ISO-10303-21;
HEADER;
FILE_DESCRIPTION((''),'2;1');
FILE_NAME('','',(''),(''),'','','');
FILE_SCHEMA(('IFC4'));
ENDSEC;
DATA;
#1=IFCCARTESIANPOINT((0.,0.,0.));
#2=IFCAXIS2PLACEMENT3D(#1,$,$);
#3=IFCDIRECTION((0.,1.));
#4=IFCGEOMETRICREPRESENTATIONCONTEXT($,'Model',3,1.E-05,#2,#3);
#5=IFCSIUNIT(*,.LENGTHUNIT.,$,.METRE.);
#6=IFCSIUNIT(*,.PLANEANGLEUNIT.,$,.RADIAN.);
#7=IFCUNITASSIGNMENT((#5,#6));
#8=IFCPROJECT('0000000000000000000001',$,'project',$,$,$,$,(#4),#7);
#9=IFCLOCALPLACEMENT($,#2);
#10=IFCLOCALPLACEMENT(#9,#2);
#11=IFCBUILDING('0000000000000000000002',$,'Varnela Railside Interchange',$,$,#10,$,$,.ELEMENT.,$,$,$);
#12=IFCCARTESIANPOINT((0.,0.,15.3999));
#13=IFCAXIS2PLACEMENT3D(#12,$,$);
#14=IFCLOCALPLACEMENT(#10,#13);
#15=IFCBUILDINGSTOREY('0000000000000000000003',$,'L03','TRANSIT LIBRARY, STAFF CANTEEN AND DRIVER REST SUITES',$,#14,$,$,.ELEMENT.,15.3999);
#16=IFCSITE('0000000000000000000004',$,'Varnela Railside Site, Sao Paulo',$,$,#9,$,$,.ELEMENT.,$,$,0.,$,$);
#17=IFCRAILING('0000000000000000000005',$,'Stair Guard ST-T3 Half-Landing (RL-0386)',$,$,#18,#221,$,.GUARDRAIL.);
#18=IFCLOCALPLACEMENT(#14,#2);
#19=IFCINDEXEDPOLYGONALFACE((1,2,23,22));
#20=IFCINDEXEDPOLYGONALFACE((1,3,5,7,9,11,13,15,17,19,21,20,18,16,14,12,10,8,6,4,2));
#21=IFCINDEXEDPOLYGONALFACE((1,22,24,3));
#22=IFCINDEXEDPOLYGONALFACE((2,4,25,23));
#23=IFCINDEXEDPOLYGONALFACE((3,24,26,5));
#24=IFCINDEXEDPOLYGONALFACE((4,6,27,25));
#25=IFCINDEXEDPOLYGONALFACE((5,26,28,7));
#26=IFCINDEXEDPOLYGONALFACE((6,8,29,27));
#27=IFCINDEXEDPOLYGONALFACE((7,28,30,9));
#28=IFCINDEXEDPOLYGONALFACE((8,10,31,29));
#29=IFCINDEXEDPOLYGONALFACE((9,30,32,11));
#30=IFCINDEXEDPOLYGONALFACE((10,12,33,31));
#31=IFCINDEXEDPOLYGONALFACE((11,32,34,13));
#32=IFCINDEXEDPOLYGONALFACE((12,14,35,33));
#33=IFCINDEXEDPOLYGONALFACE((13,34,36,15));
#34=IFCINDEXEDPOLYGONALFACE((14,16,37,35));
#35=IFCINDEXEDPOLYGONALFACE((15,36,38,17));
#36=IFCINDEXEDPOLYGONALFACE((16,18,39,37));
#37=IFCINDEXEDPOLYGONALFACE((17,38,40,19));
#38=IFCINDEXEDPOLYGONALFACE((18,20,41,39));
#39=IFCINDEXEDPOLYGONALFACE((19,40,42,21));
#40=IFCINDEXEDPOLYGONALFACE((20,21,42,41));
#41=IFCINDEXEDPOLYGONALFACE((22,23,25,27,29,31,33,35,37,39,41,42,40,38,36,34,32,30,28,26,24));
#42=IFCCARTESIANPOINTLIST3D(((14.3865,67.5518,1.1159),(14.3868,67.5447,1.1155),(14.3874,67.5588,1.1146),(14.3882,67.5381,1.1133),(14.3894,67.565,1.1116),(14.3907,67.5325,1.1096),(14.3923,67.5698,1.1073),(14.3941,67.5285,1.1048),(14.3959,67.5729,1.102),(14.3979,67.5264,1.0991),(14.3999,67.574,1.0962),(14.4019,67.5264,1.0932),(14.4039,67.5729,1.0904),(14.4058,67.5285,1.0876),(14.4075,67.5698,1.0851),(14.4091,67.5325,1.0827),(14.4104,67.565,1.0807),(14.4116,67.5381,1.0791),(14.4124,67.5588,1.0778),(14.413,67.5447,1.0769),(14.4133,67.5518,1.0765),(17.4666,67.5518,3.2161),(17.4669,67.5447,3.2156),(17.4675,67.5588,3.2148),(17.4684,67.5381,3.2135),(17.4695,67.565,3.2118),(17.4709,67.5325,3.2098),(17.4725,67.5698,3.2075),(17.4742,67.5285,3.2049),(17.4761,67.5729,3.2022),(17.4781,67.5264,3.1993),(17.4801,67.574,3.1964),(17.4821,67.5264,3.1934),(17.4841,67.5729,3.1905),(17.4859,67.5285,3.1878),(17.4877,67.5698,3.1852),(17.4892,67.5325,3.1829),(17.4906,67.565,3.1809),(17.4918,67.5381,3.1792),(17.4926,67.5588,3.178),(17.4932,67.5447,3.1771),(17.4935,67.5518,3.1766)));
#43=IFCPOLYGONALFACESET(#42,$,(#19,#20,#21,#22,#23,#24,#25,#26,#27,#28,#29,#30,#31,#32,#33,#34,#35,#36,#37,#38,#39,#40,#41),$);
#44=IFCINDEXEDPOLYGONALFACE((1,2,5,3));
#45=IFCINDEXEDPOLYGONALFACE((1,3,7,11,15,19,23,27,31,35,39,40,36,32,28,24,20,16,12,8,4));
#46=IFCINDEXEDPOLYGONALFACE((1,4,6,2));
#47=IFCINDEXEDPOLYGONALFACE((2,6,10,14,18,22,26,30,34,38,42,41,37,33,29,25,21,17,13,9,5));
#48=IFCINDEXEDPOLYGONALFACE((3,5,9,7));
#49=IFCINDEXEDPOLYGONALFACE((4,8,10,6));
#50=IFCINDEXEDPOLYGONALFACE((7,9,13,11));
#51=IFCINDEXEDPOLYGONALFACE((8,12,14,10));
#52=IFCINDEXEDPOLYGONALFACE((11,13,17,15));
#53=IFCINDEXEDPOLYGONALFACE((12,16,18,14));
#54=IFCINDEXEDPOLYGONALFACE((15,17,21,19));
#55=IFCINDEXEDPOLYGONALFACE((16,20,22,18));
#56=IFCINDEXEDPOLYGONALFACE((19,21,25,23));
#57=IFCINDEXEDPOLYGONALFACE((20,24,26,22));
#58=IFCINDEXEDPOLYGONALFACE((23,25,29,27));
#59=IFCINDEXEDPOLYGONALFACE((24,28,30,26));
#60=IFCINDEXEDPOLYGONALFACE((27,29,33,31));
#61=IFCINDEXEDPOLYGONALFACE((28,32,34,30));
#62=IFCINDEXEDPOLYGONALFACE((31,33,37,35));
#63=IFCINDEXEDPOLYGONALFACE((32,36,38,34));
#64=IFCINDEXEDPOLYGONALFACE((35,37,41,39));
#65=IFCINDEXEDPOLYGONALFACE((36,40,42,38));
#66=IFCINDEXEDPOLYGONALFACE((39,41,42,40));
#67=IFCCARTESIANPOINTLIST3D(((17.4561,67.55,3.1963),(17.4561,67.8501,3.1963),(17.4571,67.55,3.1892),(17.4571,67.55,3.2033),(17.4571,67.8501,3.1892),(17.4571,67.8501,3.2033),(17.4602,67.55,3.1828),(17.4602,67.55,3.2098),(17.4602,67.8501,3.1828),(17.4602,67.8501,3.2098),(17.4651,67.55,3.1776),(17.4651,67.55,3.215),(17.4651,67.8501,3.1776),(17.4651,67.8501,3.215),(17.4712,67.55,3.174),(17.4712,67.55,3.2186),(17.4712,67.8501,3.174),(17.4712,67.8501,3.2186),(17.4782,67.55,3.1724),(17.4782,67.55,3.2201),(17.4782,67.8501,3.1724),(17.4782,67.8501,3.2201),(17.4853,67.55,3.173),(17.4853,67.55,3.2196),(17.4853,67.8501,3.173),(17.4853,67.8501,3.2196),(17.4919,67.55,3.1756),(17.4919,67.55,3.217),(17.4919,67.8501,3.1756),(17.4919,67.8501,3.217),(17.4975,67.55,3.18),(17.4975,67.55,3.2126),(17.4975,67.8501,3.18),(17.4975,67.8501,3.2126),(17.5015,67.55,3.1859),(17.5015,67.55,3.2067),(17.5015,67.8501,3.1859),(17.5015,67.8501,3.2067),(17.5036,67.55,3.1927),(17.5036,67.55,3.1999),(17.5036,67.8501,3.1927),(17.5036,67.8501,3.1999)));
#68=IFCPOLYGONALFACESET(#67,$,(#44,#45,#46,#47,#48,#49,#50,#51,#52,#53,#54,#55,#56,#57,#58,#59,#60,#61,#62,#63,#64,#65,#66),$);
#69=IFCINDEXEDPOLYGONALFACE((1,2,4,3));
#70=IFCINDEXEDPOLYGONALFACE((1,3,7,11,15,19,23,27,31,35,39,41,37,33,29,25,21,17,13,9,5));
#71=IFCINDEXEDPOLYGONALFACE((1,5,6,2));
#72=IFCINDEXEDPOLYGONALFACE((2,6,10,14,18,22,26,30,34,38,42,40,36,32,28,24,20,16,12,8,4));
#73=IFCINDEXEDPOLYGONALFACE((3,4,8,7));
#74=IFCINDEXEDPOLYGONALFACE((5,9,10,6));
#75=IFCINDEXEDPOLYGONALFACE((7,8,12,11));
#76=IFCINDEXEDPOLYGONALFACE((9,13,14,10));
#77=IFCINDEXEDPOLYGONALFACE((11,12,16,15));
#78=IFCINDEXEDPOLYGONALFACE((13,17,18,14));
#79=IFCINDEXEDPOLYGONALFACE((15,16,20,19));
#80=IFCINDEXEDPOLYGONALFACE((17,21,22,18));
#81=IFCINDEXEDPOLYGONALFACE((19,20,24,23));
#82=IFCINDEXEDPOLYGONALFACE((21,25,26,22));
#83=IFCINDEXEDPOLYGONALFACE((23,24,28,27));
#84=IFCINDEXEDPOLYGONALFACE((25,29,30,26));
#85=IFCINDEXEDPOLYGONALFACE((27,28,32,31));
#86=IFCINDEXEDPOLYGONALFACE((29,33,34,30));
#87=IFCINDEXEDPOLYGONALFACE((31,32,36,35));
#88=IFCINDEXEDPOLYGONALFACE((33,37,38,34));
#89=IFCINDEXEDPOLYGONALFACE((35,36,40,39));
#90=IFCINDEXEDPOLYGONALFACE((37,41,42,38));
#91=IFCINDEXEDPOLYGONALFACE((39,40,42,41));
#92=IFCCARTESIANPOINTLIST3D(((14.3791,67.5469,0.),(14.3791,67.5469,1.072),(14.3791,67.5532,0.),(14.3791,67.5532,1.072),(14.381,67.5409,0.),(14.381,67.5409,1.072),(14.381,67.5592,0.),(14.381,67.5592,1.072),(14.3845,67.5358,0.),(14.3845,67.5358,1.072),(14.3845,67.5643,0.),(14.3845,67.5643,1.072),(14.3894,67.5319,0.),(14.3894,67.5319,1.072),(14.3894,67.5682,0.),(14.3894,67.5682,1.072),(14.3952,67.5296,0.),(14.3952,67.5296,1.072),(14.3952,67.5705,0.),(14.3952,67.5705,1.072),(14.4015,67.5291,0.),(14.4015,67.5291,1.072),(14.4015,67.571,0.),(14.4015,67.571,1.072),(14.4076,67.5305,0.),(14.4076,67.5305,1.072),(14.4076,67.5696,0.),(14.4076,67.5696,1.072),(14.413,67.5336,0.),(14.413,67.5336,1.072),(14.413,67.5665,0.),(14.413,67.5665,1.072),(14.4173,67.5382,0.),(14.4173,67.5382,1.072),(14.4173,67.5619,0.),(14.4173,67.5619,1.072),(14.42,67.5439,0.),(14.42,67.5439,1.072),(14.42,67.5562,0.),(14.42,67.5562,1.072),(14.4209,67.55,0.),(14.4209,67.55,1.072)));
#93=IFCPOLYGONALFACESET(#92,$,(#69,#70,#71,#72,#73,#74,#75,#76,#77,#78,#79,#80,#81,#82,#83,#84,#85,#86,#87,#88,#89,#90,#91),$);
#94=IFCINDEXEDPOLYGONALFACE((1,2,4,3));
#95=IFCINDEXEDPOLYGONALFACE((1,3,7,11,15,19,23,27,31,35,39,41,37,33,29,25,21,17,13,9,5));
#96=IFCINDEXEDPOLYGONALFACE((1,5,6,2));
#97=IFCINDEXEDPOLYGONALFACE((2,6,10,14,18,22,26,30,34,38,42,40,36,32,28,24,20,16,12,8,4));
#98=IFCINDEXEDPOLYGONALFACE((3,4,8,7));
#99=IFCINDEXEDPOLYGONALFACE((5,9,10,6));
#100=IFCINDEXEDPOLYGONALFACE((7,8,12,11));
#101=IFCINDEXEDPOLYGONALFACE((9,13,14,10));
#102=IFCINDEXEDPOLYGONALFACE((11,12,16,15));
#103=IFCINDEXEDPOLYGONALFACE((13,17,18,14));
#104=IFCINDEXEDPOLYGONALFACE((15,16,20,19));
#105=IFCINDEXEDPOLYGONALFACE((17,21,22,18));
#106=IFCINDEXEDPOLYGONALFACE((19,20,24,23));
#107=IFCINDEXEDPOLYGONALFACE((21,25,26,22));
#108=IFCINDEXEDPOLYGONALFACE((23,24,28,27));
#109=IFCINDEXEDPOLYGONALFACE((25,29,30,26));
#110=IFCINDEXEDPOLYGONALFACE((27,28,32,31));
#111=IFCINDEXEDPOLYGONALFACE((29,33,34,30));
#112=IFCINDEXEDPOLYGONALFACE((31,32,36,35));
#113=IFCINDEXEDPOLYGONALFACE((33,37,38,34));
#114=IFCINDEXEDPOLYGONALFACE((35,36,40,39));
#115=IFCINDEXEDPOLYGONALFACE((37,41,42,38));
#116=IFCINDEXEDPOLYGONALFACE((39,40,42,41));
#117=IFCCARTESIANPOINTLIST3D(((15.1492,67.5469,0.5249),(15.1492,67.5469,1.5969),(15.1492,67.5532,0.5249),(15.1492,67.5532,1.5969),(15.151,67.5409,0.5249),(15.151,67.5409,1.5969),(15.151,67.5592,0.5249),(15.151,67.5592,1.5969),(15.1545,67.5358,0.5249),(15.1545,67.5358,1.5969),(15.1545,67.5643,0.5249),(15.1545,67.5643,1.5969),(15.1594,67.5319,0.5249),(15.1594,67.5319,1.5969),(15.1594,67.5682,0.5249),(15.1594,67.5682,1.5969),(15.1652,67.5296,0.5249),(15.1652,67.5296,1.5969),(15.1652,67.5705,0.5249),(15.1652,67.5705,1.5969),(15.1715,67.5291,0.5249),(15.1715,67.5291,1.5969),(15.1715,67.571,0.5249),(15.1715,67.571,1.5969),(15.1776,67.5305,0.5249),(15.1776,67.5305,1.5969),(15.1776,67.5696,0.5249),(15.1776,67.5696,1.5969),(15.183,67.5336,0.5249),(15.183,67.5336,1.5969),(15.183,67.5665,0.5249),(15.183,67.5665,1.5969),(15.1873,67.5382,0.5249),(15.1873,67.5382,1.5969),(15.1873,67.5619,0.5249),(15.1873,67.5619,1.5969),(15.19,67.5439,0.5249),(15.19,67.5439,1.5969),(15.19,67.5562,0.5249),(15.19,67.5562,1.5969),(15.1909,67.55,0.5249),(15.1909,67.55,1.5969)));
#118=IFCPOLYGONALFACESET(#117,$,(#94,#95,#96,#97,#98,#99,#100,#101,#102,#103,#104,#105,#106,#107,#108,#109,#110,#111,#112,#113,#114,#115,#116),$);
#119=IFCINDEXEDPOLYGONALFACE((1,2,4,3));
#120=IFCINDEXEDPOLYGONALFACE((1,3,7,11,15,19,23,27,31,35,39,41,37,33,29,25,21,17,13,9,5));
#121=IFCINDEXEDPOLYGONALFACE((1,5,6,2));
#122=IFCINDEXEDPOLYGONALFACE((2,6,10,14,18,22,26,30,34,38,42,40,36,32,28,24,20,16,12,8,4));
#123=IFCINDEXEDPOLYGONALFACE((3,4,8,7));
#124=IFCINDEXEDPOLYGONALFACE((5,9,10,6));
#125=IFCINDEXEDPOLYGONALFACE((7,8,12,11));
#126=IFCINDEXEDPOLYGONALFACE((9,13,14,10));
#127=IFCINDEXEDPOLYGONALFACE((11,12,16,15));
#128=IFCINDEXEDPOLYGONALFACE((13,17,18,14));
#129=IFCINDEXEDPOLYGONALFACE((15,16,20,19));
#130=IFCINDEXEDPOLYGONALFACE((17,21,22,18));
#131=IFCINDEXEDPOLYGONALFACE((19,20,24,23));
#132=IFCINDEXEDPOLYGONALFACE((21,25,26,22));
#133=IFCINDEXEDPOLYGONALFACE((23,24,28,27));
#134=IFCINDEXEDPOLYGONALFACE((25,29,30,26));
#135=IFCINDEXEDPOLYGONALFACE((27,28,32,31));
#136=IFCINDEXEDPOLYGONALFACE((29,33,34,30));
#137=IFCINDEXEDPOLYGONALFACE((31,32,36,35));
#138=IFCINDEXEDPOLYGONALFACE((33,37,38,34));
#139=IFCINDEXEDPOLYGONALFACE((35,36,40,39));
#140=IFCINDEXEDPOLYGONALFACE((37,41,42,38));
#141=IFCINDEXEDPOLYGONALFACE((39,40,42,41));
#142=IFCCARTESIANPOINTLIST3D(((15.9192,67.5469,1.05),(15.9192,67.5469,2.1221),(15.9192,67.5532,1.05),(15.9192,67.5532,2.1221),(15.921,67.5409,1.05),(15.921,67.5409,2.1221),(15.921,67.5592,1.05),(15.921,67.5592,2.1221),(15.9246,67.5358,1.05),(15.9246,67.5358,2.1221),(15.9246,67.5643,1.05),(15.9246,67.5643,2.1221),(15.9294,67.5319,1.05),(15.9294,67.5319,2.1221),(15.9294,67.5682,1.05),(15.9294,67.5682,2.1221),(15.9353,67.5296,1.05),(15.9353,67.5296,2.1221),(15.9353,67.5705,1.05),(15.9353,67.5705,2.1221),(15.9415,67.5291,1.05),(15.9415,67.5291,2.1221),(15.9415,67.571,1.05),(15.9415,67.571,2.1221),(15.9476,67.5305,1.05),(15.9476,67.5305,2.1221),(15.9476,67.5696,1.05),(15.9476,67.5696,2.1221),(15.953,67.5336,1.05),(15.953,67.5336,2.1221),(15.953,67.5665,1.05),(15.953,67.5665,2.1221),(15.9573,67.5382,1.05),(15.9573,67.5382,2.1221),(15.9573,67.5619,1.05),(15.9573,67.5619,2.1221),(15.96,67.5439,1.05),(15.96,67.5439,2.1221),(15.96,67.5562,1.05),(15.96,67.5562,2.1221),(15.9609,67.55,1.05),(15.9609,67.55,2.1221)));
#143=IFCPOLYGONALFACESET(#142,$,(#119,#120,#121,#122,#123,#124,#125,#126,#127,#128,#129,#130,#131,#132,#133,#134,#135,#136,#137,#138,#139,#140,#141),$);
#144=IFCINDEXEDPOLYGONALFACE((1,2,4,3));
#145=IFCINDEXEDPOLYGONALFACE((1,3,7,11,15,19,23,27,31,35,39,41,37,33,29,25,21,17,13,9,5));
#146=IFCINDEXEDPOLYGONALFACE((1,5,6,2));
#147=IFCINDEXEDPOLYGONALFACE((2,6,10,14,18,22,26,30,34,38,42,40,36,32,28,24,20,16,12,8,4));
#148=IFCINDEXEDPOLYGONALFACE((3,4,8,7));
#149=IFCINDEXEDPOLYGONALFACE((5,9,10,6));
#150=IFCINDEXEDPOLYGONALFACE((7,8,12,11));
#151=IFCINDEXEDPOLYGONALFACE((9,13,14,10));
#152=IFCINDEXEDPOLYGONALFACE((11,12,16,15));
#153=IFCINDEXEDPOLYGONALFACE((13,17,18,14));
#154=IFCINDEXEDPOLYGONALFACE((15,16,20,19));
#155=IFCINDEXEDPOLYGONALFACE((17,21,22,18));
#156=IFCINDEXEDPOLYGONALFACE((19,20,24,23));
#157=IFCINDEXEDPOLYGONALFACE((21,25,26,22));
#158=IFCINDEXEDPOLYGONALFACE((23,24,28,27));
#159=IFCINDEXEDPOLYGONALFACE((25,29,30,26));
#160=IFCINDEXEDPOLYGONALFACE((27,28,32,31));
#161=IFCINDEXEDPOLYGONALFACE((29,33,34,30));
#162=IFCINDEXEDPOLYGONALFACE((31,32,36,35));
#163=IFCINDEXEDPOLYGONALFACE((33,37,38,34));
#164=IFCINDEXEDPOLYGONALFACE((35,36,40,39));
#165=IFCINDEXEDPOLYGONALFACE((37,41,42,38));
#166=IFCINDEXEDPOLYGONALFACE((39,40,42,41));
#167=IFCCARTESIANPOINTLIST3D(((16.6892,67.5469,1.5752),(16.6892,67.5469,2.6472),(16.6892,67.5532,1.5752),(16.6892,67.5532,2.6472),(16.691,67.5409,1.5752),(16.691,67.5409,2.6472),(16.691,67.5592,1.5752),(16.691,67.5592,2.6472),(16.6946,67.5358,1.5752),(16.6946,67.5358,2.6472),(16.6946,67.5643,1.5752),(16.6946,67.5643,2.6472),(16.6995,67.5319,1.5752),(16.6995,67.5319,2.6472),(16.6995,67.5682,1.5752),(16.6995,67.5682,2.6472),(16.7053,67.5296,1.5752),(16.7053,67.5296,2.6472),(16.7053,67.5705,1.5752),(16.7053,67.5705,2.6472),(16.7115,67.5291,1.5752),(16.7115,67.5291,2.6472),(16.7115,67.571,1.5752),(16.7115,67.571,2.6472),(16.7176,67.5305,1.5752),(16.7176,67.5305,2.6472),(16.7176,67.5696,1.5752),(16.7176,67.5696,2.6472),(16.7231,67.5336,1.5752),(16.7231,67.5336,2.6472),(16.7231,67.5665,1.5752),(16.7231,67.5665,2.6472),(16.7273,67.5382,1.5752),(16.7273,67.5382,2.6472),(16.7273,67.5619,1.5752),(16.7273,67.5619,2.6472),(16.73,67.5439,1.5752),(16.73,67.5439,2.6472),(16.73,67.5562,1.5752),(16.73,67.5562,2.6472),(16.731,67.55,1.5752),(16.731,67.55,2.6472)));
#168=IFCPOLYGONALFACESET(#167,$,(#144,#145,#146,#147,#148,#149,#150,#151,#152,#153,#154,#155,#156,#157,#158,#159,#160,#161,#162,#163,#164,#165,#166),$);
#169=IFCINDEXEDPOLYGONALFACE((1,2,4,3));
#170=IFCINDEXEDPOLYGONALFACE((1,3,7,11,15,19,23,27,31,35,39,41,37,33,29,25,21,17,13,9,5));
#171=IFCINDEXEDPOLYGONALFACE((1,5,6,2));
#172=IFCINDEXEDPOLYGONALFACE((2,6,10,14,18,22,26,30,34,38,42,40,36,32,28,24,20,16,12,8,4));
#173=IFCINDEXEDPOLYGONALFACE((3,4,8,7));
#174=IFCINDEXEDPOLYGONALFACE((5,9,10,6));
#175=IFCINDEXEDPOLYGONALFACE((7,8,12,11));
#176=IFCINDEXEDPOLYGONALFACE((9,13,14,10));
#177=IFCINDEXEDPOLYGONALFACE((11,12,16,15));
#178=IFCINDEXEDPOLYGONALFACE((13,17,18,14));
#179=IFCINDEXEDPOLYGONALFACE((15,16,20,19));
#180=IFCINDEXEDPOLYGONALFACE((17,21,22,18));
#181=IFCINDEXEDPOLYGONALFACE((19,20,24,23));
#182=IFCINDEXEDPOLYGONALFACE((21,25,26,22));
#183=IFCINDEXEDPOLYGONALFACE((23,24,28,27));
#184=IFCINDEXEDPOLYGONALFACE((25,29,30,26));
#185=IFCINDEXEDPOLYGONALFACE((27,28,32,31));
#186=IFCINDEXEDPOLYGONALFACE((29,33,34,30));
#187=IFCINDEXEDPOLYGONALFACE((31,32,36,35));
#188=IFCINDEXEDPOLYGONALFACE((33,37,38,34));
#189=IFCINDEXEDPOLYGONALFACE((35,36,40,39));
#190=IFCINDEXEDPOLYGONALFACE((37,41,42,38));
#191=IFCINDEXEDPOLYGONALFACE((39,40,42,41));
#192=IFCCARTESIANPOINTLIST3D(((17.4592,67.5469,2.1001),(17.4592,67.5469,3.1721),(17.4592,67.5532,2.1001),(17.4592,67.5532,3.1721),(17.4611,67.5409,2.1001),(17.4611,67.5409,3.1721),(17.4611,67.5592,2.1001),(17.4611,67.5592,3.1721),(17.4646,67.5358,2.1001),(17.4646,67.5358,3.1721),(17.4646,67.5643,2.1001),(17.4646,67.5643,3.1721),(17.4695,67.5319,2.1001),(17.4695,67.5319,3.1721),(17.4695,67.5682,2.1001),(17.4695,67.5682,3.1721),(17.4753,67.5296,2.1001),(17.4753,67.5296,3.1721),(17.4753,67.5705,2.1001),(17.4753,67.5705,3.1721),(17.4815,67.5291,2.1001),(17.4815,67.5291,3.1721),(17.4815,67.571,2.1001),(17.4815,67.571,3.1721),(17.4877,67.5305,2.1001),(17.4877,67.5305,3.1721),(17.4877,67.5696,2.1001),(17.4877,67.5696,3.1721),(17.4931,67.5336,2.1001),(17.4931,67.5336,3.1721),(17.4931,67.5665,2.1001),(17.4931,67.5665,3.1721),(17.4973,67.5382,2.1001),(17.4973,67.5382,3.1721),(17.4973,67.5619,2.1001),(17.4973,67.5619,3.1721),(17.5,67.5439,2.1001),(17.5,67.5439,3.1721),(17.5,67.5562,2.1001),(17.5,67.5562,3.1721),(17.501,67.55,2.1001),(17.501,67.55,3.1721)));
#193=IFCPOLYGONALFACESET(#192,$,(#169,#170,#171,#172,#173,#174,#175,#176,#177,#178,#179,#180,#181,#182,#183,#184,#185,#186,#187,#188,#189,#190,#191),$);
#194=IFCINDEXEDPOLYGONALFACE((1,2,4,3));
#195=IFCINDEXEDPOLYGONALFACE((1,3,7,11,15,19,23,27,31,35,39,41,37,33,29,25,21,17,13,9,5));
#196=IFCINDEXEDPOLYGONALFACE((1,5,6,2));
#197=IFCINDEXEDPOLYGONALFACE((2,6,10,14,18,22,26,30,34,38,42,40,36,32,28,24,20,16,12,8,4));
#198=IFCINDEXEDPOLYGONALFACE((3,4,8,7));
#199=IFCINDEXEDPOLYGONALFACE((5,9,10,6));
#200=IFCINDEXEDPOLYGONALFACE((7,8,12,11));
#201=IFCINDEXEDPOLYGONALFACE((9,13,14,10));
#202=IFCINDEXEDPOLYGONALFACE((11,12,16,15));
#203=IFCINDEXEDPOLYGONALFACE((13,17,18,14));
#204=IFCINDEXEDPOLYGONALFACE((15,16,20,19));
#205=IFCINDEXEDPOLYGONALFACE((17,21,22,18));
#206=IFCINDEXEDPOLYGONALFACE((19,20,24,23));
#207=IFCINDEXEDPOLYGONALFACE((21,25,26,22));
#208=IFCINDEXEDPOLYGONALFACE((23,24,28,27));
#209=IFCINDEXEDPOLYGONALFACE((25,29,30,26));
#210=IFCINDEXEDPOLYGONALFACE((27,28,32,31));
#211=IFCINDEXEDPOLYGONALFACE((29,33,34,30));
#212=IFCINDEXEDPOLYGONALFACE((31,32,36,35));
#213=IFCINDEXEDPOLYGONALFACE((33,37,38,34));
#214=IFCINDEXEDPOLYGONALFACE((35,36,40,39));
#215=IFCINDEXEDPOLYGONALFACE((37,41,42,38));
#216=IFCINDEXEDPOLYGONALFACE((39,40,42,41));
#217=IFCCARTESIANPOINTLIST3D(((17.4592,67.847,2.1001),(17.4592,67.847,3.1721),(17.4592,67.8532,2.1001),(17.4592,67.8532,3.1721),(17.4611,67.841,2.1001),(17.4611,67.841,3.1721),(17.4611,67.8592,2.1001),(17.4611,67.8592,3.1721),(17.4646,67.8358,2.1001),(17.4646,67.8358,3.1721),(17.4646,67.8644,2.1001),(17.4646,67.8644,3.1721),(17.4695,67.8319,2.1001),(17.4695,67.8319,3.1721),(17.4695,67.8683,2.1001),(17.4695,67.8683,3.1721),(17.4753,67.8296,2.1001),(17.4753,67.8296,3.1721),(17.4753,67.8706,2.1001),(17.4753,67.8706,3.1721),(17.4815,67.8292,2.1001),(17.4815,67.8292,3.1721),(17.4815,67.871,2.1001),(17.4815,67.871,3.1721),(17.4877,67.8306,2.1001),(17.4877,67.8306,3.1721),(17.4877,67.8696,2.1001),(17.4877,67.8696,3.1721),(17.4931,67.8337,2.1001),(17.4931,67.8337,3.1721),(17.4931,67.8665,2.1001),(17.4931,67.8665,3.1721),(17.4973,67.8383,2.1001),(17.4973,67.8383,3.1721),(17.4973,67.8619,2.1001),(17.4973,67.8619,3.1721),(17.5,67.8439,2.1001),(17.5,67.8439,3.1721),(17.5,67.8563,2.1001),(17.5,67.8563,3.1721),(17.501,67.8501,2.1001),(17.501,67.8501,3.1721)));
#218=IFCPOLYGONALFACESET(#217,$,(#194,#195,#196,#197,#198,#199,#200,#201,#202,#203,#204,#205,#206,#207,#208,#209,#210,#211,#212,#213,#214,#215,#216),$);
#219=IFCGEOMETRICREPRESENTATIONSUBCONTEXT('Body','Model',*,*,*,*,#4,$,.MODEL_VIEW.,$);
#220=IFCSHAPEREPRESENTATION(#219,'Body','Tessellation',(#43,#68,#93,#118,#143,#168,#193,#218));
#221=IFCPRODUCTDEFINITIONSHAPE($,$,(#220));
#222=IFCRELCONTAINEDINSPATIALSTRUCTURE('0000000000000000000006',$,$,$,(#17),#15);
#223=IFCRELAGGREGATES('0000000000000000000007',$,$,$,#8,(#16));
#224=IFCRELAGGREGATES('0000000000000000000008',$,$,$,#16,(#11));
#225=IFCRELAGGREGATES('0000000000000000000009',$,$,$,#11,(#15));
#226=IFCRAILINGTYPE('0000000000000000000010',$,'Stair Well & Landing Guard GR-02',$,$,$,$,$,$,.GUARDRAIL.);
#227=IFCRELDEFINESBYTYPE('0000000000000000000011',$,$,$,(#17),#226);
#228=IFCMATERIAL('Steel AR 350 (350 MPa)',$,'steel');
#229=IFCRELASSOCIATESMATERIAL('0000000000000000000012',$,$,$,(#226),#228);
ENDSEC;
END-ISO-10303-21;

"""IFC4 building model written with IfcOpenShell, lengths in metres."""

from ifc_helpers import new_model, si_unit, direction, frame, origin, origin_2d, place, context, subcontext, project, spatial, circle, extrude, material, type_object, element, save


model = new_model("IFC4")

# Units and contexts
model_context = context("Model", 3, precision=1e-05, world=origin(), true_north=direction((0.0, 1.0)))
body_context = subcontext(model_context, "Body", "Model", "MODEL_VIEW")
ifc_project = project(units=[si_unit("LENGTHUNIT", "METRE"), si_unit("PLANEANGLEUNIT", "RADIAN")], contexts=[model_context])

# Site, building, storey
site_placement = place(None, origin())
site = spatial("IfcSite", under=ifc_project, at=site_placement, Name="Varnela Railside Site, Sao Paulo", CompositionType="ELEMENT", RefElevation=0.0)
building_placement = place(site_placement, origin())
building = spatial("IfcBuilding", under=site, at=building_placement, Name="Varnela Railside Interchange", CompositionType="ELEMENT")
storey_placement = place(building_placement, frame((0.0, 0.0, 15.3999)))
storey = spatial("IfcBuildingStorey", under=building, at=storey_placement, Name="L03", Description="TRANSIT LIBRARY, STAFF CANTEEN AND DRIVER REST SUITES", CompositionType="ELEMENT", Elevation=15.3999)

# Shared definitions
ifc_material_1 = material(Name="Steel AR 350 (350 MPa)", Category="steel")

# Railing
railing_type_1 = type_object("IfcRailingType", Name="Stair Well & Landing Guard GR-02", PredefinedType="GUARDRAIL", material=ifc_material_1)
railing_1_placement = place(storey_placement, frame((14.3999, 67.55, 0.0)))
element("IfcRailing", 1, at=railing_1_placement, inside=storey, type_object=railing_type_1, Name="Stair Guard ST-T3 Half-Landing (RL-0386)", PredefinedType="GUARDRAIL", context=body_context, shape_type="SweptSolid", body=[
    extrude(circle(Radius=0.0239, at=origin_2d()), frame((0.0, 0.0, 1.0962), z_axis=(0.826222, 0.0, 0.563345), x_axis=(0.0, 1.0, 0.0)), (0.0, 0.0, 1.0), 3.728),
    extrude(circle(Radius=0.0239, at=origin_2d()), frame((3.0801, 0.0, 3.1963), z_axis=(0.0, 1.0, 0.0), x_axis=(-1.0, 0.0, 0.0)), (0.0, 0.0, 1.0), 0.3),
    extrude(circle(Radius=0.021, at=origin_2d()), origin(), (0.0, 0.0, 1.0), 1.072),
    extrude(circle(Radius=0.021, at=origin_2d()), frame((0.77, 0.0, 0.5249)), (0.0, 0.0, 1.0), 1.072),
    extrude(circle(Radius=0.021, at=origin_2d()), frame((1.54, 0.0, 1.05)), (0.0, 0.0, 1.0), 1.072),
    extrude(circle(Radius=0.021, at=origin_2d()), frame((2.3101, 0.0, 1.5752)), (0.0, 0.0, 1.0), 1.072),
    extrude(circle(Radius=0.021, at=origin_2d()), frame((3.0801, 0.0, 2.1001)), (0.0, 0.0, 1.0), 1.072),
    extrude(circle(Radius=0.021, at=origin_2d()), frame((3.0801, 0.3, 2.1001)), (0.0, 0.0, 1.0), 1.072),
])

save(model, "model.ifc")
